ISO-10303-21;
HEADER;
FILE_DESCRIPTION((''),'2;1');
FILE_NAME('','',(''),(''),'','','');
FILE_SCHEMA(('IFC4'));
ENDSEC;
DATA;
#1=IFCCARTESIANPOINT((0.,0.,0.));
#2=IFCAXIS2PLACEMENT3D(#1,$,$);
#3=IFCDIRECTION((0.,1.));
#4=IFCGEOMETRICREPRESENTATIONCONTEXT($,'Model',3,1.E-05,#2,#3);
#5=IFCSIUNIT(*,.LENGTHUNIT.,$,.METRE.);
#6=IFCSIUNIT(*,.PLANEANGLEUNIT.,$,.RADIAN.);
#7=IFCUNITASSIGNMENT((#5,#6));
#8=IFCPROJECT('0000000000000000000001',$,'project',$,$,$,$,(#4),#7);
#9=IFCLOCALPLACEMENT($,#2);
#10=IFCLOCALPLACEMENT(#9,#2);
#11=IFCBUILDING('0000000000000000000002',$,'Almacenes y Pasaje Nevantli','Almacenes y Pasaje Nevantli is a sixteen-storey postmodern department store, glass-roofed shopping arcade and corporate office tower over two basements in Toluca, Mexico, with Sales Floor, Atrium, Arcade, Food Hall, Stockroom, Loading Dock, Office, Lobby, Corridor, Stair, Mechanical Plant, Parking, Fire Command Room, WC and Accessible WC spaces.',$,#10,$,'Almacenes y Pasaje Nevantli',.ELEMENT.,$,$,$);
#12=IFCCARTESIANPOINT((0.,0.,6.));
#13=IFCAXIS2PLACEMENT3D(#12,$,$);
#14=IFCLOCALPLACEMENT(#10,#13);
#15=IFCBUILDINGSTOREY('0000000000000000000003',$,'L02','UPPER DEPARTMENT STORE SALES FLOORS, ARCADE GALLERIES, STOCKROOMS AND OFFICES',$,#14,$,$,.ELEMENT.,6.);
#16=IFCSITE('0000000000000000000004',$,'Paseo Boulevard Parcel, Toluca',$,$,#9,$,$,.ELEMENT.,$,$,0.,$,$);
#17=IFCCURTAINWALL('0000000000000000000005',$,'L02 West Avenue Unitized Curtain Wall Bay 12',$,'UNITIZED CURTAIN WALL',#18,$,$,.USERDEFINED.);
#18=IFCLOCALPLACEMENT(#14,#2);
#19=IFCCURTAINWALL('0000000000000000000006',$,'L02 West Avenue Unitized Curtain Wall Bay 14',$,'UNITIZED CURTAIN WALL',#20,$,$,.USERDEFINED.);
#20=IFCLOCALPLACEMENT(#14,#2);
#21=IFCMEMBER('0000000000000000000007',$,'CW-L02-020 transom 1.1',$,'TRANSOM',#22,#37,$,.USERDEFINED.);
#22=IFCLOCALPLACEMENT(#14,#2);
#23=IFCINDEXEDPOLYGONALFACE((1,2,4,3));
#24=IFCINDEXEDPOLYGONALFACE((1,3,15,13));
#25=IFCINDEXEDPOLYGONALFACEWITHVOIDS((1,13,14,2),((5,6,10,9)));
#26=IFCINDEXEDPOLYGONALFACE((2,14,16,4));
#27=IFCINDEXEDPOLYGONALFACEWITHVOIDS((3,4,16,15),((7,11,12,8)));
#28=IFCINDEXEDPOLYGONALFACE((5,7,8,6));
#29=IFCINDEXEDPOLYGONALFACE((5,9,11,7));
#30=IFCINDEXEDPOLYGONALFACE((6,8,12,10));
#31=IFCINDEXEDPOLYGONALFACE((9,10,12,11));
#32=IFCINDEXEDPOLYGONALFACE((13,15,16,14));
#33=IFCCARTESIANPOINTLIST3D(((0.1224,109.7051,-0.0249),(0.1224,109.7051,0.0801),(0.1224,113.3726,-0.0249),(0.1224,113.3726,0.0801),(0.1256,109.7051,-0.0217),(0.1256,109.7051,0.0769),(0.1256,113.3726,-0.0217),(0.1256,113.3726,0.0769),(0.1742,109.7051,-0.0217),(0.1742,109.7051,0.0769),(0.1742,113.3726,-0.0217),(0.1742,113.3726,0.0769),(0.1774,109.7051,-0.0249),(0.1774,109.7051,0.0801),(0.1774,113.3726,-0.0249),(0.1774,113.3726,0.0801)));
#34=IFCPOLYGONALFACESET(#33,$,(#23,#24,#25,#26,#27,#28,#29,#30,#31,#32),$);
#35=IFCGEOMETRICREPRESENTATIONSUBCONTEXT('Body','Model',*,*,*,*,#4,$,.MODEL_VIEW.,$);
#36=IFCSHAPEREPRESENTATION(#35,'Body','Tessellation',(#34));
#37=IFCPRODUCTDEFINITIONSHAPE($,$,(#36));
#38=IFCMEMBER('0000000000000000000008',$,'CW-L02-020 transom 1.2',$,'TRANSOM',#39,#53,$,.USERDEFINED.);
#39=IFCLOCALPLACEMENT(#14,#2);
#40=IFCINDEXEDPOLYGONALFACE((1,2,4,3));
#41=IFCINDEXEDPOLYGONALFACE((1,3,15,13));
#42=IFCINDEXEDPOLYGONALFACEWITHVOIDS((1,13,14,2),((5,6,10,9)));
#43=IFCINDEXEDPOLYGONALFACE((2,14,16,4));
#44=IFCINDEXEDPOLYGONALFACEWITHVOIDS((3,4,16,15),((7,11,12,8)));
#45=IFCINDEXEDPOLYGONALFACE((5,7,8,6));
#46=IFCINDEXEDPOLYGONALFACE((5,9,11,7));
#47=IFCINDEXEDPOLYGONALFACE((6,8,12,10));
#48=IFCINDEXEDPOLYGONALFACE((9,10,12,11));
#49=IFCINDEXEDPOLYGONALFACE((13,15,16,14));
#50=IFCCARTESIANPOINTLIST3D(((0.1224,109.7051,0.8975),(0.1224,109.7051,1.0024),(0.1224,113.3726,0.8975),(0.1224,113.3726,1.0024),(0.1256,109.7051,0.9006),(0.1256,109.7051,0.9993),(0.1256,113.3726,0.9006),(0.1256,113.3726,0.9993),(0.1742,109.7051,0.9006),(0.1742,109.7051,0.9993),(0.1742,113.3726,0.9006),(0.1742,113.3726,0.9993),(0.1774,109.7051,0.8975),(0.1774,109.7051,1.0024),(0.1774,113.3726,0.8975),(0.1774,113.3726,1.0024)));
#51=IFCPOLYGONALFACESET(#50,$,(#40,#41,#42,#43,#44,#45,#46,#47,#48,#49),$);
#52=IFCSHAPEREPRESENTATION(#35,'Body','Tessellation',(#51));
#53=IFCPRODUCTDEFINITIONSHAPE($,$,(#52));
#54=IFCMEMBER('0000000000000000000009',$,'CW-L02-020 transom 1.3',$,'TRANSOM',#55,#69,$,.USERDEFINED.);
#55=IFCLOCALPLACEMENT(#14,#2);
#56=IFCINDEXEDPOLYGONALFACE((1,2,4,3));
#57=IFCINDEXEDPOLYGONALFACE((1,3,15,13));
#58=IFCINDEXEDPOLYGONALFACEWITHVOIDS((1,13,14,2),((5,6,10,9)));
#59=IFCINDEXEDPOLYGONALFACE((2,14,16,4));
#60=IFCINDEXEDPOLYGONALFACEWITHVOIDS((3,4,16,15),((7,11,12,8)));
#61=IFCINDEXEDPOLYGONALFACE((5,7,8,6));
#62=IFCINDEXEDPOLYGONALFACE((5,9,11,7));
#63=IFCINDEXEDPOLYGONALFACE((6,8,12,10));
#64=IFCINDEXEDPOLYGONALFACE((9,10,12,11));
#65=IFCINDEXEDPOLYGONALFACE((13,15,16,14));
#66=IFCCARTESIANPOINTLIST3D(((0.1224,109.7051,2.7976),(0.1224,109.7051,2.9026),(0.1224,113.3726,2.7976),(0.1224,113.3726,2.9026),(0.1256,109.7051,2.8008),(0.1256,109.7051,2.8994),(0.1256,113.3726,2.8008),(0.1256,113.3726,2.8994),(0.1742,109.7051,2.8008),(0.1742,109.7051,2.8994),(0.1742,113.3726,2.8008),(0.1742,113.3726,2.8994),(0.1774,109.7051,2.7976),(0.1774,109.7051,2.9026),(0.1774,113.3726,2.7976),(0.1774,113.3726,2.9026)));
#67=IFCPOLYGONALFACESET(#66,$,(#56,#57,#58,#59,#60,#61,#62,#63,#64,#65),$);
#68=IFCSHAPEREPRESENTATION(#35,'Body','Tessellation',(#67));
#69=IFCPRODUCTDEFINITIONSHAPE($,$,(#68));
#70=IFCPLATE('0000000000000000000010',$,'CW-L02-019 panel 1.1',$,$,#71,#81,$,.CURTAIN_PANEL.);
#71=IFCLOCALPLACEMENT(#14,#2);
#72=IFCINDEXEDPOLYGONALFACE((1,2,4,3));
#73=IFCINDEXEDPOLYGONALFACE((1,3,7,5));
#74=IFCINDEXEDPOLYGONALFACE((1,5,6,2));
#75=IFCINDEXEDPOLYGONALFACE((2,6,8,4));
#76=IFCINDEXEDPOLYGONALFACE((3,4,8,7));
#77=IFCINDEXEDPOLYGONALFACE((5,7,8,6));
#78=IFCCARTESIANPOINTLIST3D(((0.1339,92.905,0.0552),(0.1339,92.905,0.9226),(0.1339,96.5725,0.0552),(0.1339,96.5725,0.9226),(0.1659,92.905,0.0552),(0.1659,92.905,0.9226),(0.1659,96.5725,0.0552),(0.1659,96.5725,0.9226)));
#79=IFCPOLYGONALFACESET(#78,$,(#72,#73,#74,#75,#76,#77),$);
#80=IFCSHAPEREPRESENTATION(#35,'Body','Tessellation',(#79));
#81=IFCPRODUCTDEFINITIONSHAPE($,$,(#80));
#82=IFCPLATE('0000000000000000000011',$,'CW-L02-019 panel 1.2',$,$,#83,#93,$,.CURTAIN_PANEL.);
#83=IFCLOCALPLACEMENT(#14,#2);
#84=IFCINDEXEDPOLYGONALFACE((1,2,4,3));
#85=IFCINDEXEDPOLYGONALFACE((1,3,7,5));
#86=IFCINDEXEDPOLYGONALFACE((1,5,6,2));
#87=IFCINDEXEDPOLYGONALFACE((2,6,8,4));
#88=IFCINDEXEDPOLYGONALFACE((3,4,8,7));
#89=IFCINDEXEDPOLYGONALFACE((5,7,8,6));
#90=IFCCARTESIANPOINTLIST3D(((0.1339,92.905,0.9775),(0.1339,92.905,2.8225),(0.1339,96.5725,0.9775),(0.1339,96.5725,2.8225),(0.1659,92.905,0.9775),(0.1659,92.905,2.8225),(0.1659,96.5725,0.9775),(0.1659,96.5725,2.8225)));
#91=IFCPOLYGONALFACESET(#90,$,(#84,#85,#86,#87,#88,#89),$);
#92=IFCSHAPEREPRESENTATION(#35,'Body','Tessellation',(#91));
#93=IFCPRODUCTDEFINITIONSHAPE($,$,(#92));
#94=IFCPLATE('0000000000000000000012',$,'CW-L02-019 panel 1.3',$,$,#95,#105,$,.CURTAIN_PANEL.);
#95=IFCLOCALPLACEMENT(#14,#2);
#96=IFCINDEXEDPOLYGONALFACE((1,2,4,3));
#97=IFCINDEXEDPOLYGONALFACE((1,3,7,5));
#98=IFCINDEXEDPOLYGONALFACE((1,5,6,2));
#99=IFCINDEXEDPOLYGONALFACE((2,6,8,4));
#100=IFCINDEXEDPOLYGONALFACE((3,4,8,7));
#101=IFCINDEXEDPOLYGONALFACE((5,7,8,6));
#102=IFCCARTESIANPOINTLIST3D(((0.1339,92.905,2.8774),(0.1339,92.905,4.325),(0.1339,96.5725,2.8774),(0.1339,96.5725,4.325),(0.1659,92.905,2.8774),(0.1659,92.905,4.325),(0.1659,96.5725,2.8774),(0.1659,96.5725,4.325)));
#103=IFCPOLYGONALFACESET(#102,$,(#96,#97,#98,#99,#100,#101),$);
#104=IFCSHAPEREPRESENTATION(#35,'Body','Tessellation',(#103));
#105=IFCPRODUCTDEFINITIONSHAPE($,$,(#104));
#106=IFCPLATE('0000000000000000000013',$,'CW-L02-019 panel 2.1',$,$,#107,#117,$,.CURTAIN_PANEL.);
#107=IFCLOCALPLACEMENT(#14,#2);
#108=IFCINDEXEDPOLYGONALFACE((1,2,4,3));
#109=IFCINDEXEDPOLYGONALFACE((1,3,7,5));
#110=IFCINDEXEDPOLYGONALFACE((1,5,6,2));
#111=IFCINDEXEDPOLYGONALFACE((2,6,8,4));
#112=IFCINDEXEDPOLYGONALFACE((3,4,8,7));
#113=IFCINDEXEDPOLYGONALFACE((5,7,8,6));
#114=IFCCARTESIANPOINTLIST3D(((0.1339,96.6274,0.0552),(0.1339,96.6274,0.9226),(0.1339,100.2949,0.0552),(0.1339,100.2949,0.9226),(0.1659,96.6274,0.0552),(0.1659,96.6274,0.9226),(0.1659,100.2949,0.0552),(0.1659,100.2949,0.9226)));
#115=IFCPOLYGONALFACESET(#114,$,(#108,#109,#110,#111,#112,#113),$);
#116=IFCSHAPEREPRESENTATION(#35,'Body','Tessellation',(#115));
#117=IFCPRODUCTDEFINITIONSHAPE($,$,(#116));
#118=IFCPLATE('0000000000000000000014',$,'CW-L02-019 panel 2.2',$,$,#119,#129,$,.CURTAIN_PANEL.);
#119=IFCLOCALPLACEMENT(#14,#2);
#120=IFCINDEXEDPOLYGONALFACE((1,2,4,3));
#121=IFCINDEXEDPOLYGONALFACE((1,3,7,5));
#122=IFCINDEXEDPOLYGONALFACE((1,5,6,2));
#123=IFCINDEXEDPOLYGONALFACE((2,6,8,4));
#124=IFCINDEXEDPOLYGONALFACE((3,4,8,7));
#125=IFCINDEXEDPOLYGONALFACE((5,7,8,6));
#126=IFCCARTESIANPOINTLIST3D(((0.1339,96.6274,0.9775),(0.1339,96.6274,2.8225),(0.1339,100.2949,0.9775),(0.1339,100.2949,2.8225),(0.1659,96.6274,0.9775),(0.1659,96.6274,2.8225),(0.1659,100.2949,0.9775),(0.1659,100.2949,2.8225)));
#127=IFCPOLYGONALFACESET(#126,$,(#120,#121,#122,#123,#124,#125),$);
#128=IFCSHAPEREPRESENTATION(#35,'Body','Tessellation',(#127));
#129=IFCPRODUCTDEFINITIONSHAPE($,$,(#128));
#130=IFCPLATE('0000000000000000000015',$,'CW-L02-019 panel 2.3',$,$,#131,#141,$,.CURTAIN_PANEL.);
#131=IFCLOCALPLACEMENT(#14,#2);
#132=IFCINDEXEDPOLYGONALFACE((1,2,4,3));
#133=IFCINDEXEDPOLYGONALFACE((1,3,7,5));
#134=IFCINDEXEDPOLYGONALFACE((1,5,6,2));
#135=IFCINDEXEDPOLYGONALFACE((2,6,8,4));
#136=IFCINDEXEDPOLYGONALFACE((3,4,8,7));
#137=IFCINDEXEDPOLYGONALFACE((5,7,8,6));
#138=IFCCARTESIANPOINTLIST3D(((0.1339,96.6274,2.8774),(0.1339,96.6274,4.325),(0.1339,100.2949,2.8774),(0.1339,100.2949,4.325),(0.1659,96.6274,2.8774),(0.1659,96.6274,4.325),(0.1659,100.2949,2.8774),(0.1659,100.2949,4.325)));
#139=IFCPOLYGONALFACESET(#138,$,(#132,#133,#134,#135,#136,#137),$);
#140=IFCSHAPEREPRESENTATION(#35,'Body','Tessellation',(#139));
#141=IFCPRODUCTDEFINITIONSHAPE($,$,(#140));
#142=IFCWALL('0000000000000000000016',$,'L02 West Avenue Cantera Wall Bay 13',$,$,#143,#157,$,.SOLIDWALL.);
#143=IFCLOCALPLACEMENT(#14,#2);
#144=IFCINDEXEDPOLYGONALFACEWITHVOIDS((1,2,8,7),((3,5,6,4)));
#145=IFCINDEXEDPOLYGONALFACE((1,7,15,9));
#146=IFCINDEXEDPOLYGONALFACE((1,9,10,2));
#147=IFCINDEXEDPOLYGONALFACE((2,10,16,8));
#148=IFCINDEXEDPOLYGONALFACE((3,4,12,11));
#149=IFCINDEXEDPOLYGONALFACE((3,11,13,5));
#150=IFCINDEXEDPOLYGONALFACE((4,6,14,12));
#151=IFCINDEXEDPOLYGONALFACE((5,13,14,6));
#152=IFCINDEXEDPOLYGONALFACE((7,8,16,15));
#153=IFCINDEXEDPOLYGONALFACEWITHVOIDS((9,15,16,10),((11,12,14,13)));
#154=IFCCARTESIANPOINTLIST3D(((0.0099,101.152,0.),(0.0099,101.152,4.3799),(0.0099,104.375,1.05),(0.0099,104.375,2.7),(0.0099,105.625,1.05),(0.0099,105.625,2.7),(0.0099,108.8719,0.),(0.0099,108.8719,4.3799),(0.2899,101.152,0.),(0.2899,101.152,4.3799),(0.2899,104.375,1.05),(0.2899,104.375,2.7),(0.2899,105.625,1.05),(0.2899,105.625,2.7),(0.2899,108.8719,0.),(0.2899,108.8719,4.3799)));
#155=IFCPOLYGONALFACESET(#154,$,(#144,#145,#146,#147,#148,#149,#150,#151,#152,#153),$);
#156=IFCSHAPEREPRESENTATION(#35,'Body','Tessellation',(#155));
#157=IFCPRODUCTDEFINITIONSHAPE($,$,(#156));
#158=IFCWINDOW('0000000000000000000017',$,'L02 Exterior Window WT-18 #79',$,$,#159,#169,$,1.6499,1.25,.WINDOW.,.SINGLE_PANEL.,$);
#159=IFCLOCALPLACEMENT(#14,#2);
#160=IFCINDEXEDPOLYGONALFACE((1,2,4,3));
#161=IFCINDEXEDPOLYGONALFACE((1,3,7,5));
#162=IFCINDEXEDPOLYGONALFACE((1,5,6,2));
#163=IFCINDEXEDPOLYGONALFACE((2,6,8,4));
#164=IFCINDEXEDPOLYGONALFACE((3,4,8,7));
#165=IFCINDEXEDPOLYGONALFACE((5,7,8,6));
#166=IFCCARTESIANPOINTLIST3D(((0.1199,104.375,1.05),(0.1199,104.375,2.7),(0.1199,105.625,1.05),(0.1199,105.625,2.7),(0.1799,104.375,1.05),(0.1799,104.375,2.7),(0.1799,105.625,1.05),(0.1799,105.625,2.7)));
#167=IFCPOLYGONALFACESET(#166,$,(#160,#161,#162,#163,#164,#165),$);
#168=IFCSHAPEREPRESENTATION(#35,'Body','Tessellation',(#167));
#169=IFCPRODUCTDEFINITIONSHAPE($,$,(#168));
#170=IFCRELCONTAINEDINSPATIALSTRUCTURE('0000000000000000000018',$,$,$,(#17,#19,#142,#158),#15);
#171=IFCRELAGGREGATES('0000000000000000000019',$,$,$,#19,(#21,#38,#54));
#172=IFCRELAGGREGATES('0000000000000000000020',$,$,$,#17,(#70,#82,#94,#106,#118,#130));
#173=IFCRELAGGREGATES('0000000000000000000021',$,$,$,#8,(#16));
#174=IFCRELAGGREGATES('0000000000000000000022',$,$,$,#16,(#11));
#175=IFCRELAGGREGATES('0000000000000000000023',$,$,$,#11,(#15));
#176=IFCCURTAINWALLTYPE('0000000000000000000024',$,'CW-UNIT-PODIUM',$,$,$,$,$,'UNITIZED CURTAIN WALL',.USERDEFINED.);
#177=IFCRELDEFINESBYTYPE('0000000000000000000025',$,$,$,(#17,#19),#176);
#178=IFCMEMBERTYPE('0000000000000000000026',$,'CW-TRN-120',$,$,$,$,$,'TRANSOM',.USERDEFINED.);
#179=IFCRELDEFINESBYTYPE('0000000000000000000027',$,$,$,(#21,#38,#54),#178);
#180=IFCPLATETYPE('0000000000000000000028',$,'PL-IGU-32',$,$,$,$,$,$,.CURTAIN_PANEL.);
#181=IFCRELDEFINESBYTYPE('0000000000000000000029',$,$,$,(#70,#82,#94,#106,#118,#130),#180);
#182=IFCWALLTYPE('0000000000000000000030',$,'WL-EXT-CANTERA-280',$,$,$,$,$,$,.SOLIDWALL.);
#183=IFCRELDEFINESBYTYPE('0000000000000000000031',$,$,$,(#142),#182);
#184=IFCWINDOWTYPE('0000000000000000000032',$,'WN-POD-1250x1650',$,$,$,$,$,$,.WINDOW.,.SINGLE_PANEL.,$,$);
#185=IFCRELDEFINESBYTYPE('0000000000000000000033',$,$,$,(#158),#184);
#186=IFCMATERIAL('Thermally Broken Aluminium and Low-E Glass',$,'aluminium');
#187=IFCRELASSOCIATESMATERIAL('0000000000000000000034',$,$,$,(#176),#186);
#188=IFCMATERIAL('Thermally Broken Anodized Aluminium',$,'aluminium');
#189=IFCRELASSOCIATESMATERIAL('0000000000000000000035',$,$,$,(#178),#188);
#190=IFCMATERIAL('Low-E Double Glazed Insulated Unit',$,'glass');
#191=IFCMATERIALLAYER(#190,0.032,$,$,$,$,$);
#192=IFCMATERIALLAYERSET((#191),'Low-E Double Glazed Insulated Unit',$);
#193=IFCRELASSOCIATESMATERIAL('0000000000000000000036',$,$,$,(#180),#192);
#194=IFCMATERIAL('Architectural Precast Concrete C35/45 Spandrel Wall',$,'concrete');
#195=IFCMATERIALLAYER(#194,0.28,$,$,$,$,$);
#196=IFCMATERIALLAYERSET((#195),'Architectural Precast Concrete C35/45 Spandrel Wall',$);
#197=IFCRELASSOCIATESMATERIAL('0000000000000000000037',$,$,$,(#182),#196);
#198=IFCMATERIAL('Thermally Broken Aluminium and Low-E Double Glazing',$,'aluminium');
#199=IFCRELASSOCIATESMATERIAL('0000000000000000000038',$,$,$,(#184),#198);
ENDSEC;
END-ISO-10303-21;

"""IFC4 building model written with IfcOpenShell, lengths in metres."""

from ifc_helpers import new_model, si_unit, direction, frame, frame_2d, origin, origin_2d, place, context, subcontext, project, spatial, rectangle, hollow_rectangle, extrude, material, layer, layer_set, material_profile, profile_set, type_object, element, fill, aggregate, save


model = new_model("IFC4")

# Units and contexts
model_context = context("Model", 3, precision=1e-05, world=origin(), true_north=direction((0.0, 1.0)))
body_context = subcontext(model_context, "Body", "Model", "MODEL_VIEW")
ifc_project = project(units=[si_unit("LENGTHUNIT", "METRE"), si_unit("PLANEANGLEUNIT", "RADIAN")], contexts=[model_context])

# Site, building, storey
site_placement = place(None, origin())
site = spatial("IfcSite", under=ifc_project, at=site_placement, Name="Paseo Boulevard Parcel, Toluca", CompositionType="ELEMENT", RefElevation=0.0)
building_placement = place(site_placement, origin())
building = spatial("IfcBuilding", under=site, at=building_placement, Name="Almacenes y Pasaje Nevantli", Description="Almacenes y Pasaje Nevantli is a sixteen-storey postmodern department store, glass-roofed shopping arcade and corporate office tower over two basements in Toluca, Mexico, with Sales Floor, Atrium, Arcade, Food Hall, Stockroom, Loading Dock, Office, Lobby, Corridor, Stair, Mechanical Plant, Parking, Fire Command Room, WC and Accessible WC spaces.", LongName="Almacenes y Pasaje Nevantli", CompositionType="ELEMENT")
storey_placement = place(building_placement, frame((0.0, 0.0, 6.0)))
storey = spatial("IfcBuildingStorey", under=building, at=storey_placement, Name="L02", Description="UPPER DEPARTMENT STORE SALES FLOORS, ARCADE GALLERIES, STOCKROOMS AND OFFICES", CompositionType="ELEMENT", Elevation=6.0)

# Curtain wall
ifc_material_1 = material(Name="Thermally Broken Aluminium and Low-E Glass", Category="aluminium")
curtain_wall_type = type_object("IfcCurtainWallType", Name="CW-UNIT-PODIUM", ElementType="UNITIZED CURTAIN WALL", PredefinedType="USERDEFINED", material=ifc_material_1)
curtain_wall_1_placement = place(storey_placement, origin())
curtain_wall_1 = element("IfcCurtainWall", 1, at=curtain_wall_1_placement, inside=storey, type_object=curtain_wall_type, Name="L02 West Avenue Unitized Curtain Wall Bay 12", ObjectType="UNITIZED CURTAIN WALL", PredefinedType="USERDEFINED")

# Curtain wall
curtain_wall_2_placement = place(storey_placement, origin())
curtain_wall_2 = element("IfcCurtainWall", 2, at=curtain_wall_2_placement, inside=storey, type_object=curtain_wall_type, Name="L02 West Avenue Unitized Curtain Wall Bay 14", ObjectType="UNITIZED CURTAIN WALL", PredefinedType="USERDEFINED")

# Members
ifc_material_2 = material(Name="Thermally Broken Anodized Aluminium", Category="aluminium")
ifc_material_profile_1 = material_profile(ifc_material_2, hollow_rectangle(XDim=0.0549, YDim=0.105, WallThickness=0.0032, at=origin_2d()), Name="ALU-TRN-55x105")
ifc_profile_set_1 = profile_set([ifc_material_profile_1], Name="Thermally Broken Anodized Aluminium")
member_type_1 = type_object("IfcMemberType", Name="CW-TRN-120", ElementType="TRANSOM", PredefinedType="USERDEFINED", material=ifc_profile_set_1)
member_1_placement = place(storey_placement, frame((0.1499, 109.7051, 0.0276), z_axis=(0.0, 1.0, 0.0), x_axis=(-1.0, 0.0, 0.0)))
member_1 = element("IfcMember", 3, at=member_1_placement, type_object=member_type_1, Name="CW-L02-020 transom 1.1", ObjectType="TRANSOM", PredefinedType="USERDEFINED", context=body_context, shape_type="SweptSolid", body=[
    extrude(hollow_rectangle(XDim=0.0549, YDim=0.105, WallThickness=0.0032, at=origin_2d()), origin(), (0.0, 0.0, 1.0), 3.6675),
])
member_2_placement = place(storey_placement, frame((0.1499, 109.7051, 0.95), z_axis=(0.0, 1.0, 0.0), x_axis=(-1.0, 0.0, 0.0)))
member_2 = element("IfcMember", 4, at=member_2_placement, type_object=member_type_1, Name="CW-L02-020 transom 1.2", ObjectType="TRANSOM", PredefinedType="USERDEFINED", context=body_context, shape_type="SweptSolid", body=[
    extrude(hollow_rectangle(XDim=0.0549, YDim=0.105, WallThickness=0.0032, at=origin_2d()), origin(), (0.0, 0.0, 1.0), 3.6675),
])
member_3_placement = place(storey_placement, frame((0.1499, 109.7051, 2.8501), z_axis=(0.0, 1.0, 0.0), x_axis=(-1.0, 0.0, 0.0)))
member_3 = element("IfcMember", 5, at=member_3_placement, type_object=member_type_1, Name="CW-L02-020 transom 1.3", ObjectType="TRANSOM", PredefinedType="USERDEFINED", context=body_context, shape_type="SweptSolid", body=[
    extrude(hollow_rectangle(XDim=0.0549, YDim=0.105, WallThickness=0.0032, at=origin_2d()), origin(), (0.0, 0.0, 1.0), 3.6675),
])
aggregate(curtain_wall_2, [member_1, member_2, member_3])

# Plates
ifc_material_3 = material(Name="Low-E Double Glazed Insulated Unit", Category="glass")
ifc_layer_1 = layer(ifc_material_3, 0.032)
ifc_layer_set_1 = layer_set([ifc_layer_1], Name="Low-E Double Glazed Insulated Unit")
plate_type = type_object("IfcPlateType", Name="PL-IGU-32", PredefinedType="CURTAIN_PANEL", material=ifc_layer_set_1)
plate_1_placement = place(storey_placement, frame((0.1499, 94.7388, 0.0552), z_axis=(0.0, 0.0, 1.0), x_axis=(0.0, 1.0, 0.0)))
plate_1 = element("IfcPlate", 6, at=plate_1_placement, type_object=plate_type, Name="CW-L02-019 panel 1.1", PredefinedType="CURTAIN_PANEL", context=body_context, shape_type="SweptSolid", body=[
    extrude(rectangle(XDim=3.6675, YDim=0.032, at=origin_2d()), origin(), (0.0, 0.0, 1.0), 0.8674),
])
plate_2_placement = place(storey_placement, frame((0.1499, 94.7388, 0.9775), z_axis=(0.0, 0.0, 1.0), x_axis=(0.0, 1.0, 0.0)))
plate_2 = element("IfcPlate", 7, at=plate_2_placement, type_object=plate_type, Name="CW-L02-019 panel 1.2", PredefinedType="CURTAIN_PANEL", context=body_context, shape_type="SweptSolid", body=[
    extrude(rectangle(XDim=3.6675, YDim=0.032, at=origin_2d()), origin(), (0.0, 0.0, 1.0), 1.845),
])
plate_3_placement = place(storey_placement, frame((0.1499, 94.7388, 2.8774), z_axis=(0.0, 0.0, 1.0), x_axis=(0.0, 1.0, 0.0)))
plate_3 = element("IfcPlate", 8, at=plate_3_placement, type_object=plate_type, Name="CW-L02-019 panel 1.3", PredefinedType="CURTAIN_PANEL", context=body_context, shape_type="SweptSolid", body=[
    extrude(rectangle(XDim=3.6675, YDim=0.032, at=origin_2d()), origin(), (0.0, 0.0, 1.0), 1.4475),
])
plate_4_placement = place(storey_placement, frame((0.1499, 98.4612, 0.0552), z_axis=(0.0, 0.0, 1.0), x_axis=(0.0, 1.0, 0.0)))
plate_4 = element("IfcPlate", 9, at=plate_4_placement, type_object=plate_type, Name="CW-L02-019 panel 2.1", PredefinedType="CURTAIN_PANEL", context=body_context, shape_type="SweptSolid", body=[
    extrude(rectangle(XDim=3.6675, YDim=0.032, at=origin_2d()), origin(), (0.0, 0.0, 1.0), 0.8674),
])
plate_5_placement = place(storey_placement, frame((0.1499, 98.4612, 0.9775), z_axis=(0.0, 0.0, 1.0), x_axis=(0.0, 1.0, 0.0)))
plate_5 = element("IfcPlate", 10, at=plate_5_placement, type_object=plate_type, Name="CW-L02-019 panel 2.2", PredefinedType="CURTAIN_PANEL", context=body_context, shape_type="SweptSolid", body=[
    extrude(rectangle(XDim=3.6675, YDim=0.032, at=origin_2d()), origin(), (0.0, 0.0, 1.0), 1.845),
])
plate_6_placement = place(storey_placement, frame((0.1499, 98.4612, 2.8774), z_axis=(0.0, 0.0, 1.0), x_axis=(0.0, 1.0, 0.0)))
plate_6 = element("IfcPlate", 11, at=plate_6_placement, type_object=plate_type, Name="CW-L02-019 panel 2.3", PredefinedType="CURTAIN_PANEL", context=body_context, shape_type="SweptSolid", body=[
    extrude(rectangle(XDim=3.6675, YDim=0.032, at=origin_2d()), origin(), (0.0, 0.0, 1.0), 1.4475),
])
aggregate(curtain_wall_1, [plate_1, plate_2, plate_3, plate_4, plate_5, plate_6])

# Wall, opening, window
ifc_material_4 = material(Name="Architectural Precast Concrete C35/45 Spandrel Wall", Category="concrete")
ifc_layer_2 = layer(ifc_material_4, 0.28)
ifc_layer_set_2 = layer_set([ifc_layer_2], Name="Architectural Precast Concrete C35/45 Spandrel Wall")
wall_type = type_object("IfcWallType", Name="WL-EXT-CANTERA-280", PredefinedType="SOLIDWALL", material=ifc_layer_set_2)
wall_placement = place(storey_placement, frame((0.1499, 101.1521, 0.0), z_axis=(0.0, 0.0, 1.0), x_axis=(0.0, 1.0, 0.0)))
wall = element("IfcWall", 12, at=wall_placement, inside=storey, type_object=wall_type, Name="L02 West Avenue Cantera Wall Bay 13", PredefinedType="SOLIDWALL", context=body_context, shape_type="SweptSolid", body=[
    extrude(rectangle(XDim=7.72, YDim=0.28, at=frame_2d((3.8599, 0.0))), origin(), (0.0, 0.0, 1.0), 4.3799),
])
opening_placement = place(wall_placement, frame((3.2229, 0.0, 1.05)))
opening = element("IfcOpeningElement", 13, at=opening_placement, cuts=wall, PredefinedType="OPENING", context=body_context, shape_type="SweptSolid", body=[
    extrude(rectangle(XDim=1.25, YDim=1.6499, at=frame_2d((0.625, 0.825))), frame((0.0, 0.1499, 0.0), z_axis=(0.0, -1.0, 0.0), x_axis=(1.0, 0.0, 0.0)), (0.0, 0.0, 1.0), 0.3),
])
ifc_material_5 = material(Name="Thermally Broken Aluminium and Low-E Double Glazing", Category="aluminium")
window_type = type_object("IfcWindowType", Name="WN-POD-1250x1650", PartitioningType="SINGLE_PANEL", PredefinedType="WINDOW", material=ifc_material_5)
window_placement = place(opening_placement, origin())
window = element("IfcWindow", 14, at=window_placement, inside=storey, type_object=window_type, Name="L02 Exterior Window WT-18 #79", OverallHeight=1.6499, OverallWidth=1.25, PartitioningType="SINGLE_PANEL", PredefinedType="WINDOW", context=body_context, shape_type="SweptSolid", body=[
    extrude(rectangle(XDim=1.25, YDim=1.6499, at=frame_2d((0.625, 0.825))), frame((0.0, 0.03, 0.0), z_axis=(0.0, -1.0, 0.0), x_axis=(1.0, 0.0, 0.0)), (0.0, 0.0, 1.0), 0.0601),
])
fill(opening, window)

save(model, "model.ifc")
